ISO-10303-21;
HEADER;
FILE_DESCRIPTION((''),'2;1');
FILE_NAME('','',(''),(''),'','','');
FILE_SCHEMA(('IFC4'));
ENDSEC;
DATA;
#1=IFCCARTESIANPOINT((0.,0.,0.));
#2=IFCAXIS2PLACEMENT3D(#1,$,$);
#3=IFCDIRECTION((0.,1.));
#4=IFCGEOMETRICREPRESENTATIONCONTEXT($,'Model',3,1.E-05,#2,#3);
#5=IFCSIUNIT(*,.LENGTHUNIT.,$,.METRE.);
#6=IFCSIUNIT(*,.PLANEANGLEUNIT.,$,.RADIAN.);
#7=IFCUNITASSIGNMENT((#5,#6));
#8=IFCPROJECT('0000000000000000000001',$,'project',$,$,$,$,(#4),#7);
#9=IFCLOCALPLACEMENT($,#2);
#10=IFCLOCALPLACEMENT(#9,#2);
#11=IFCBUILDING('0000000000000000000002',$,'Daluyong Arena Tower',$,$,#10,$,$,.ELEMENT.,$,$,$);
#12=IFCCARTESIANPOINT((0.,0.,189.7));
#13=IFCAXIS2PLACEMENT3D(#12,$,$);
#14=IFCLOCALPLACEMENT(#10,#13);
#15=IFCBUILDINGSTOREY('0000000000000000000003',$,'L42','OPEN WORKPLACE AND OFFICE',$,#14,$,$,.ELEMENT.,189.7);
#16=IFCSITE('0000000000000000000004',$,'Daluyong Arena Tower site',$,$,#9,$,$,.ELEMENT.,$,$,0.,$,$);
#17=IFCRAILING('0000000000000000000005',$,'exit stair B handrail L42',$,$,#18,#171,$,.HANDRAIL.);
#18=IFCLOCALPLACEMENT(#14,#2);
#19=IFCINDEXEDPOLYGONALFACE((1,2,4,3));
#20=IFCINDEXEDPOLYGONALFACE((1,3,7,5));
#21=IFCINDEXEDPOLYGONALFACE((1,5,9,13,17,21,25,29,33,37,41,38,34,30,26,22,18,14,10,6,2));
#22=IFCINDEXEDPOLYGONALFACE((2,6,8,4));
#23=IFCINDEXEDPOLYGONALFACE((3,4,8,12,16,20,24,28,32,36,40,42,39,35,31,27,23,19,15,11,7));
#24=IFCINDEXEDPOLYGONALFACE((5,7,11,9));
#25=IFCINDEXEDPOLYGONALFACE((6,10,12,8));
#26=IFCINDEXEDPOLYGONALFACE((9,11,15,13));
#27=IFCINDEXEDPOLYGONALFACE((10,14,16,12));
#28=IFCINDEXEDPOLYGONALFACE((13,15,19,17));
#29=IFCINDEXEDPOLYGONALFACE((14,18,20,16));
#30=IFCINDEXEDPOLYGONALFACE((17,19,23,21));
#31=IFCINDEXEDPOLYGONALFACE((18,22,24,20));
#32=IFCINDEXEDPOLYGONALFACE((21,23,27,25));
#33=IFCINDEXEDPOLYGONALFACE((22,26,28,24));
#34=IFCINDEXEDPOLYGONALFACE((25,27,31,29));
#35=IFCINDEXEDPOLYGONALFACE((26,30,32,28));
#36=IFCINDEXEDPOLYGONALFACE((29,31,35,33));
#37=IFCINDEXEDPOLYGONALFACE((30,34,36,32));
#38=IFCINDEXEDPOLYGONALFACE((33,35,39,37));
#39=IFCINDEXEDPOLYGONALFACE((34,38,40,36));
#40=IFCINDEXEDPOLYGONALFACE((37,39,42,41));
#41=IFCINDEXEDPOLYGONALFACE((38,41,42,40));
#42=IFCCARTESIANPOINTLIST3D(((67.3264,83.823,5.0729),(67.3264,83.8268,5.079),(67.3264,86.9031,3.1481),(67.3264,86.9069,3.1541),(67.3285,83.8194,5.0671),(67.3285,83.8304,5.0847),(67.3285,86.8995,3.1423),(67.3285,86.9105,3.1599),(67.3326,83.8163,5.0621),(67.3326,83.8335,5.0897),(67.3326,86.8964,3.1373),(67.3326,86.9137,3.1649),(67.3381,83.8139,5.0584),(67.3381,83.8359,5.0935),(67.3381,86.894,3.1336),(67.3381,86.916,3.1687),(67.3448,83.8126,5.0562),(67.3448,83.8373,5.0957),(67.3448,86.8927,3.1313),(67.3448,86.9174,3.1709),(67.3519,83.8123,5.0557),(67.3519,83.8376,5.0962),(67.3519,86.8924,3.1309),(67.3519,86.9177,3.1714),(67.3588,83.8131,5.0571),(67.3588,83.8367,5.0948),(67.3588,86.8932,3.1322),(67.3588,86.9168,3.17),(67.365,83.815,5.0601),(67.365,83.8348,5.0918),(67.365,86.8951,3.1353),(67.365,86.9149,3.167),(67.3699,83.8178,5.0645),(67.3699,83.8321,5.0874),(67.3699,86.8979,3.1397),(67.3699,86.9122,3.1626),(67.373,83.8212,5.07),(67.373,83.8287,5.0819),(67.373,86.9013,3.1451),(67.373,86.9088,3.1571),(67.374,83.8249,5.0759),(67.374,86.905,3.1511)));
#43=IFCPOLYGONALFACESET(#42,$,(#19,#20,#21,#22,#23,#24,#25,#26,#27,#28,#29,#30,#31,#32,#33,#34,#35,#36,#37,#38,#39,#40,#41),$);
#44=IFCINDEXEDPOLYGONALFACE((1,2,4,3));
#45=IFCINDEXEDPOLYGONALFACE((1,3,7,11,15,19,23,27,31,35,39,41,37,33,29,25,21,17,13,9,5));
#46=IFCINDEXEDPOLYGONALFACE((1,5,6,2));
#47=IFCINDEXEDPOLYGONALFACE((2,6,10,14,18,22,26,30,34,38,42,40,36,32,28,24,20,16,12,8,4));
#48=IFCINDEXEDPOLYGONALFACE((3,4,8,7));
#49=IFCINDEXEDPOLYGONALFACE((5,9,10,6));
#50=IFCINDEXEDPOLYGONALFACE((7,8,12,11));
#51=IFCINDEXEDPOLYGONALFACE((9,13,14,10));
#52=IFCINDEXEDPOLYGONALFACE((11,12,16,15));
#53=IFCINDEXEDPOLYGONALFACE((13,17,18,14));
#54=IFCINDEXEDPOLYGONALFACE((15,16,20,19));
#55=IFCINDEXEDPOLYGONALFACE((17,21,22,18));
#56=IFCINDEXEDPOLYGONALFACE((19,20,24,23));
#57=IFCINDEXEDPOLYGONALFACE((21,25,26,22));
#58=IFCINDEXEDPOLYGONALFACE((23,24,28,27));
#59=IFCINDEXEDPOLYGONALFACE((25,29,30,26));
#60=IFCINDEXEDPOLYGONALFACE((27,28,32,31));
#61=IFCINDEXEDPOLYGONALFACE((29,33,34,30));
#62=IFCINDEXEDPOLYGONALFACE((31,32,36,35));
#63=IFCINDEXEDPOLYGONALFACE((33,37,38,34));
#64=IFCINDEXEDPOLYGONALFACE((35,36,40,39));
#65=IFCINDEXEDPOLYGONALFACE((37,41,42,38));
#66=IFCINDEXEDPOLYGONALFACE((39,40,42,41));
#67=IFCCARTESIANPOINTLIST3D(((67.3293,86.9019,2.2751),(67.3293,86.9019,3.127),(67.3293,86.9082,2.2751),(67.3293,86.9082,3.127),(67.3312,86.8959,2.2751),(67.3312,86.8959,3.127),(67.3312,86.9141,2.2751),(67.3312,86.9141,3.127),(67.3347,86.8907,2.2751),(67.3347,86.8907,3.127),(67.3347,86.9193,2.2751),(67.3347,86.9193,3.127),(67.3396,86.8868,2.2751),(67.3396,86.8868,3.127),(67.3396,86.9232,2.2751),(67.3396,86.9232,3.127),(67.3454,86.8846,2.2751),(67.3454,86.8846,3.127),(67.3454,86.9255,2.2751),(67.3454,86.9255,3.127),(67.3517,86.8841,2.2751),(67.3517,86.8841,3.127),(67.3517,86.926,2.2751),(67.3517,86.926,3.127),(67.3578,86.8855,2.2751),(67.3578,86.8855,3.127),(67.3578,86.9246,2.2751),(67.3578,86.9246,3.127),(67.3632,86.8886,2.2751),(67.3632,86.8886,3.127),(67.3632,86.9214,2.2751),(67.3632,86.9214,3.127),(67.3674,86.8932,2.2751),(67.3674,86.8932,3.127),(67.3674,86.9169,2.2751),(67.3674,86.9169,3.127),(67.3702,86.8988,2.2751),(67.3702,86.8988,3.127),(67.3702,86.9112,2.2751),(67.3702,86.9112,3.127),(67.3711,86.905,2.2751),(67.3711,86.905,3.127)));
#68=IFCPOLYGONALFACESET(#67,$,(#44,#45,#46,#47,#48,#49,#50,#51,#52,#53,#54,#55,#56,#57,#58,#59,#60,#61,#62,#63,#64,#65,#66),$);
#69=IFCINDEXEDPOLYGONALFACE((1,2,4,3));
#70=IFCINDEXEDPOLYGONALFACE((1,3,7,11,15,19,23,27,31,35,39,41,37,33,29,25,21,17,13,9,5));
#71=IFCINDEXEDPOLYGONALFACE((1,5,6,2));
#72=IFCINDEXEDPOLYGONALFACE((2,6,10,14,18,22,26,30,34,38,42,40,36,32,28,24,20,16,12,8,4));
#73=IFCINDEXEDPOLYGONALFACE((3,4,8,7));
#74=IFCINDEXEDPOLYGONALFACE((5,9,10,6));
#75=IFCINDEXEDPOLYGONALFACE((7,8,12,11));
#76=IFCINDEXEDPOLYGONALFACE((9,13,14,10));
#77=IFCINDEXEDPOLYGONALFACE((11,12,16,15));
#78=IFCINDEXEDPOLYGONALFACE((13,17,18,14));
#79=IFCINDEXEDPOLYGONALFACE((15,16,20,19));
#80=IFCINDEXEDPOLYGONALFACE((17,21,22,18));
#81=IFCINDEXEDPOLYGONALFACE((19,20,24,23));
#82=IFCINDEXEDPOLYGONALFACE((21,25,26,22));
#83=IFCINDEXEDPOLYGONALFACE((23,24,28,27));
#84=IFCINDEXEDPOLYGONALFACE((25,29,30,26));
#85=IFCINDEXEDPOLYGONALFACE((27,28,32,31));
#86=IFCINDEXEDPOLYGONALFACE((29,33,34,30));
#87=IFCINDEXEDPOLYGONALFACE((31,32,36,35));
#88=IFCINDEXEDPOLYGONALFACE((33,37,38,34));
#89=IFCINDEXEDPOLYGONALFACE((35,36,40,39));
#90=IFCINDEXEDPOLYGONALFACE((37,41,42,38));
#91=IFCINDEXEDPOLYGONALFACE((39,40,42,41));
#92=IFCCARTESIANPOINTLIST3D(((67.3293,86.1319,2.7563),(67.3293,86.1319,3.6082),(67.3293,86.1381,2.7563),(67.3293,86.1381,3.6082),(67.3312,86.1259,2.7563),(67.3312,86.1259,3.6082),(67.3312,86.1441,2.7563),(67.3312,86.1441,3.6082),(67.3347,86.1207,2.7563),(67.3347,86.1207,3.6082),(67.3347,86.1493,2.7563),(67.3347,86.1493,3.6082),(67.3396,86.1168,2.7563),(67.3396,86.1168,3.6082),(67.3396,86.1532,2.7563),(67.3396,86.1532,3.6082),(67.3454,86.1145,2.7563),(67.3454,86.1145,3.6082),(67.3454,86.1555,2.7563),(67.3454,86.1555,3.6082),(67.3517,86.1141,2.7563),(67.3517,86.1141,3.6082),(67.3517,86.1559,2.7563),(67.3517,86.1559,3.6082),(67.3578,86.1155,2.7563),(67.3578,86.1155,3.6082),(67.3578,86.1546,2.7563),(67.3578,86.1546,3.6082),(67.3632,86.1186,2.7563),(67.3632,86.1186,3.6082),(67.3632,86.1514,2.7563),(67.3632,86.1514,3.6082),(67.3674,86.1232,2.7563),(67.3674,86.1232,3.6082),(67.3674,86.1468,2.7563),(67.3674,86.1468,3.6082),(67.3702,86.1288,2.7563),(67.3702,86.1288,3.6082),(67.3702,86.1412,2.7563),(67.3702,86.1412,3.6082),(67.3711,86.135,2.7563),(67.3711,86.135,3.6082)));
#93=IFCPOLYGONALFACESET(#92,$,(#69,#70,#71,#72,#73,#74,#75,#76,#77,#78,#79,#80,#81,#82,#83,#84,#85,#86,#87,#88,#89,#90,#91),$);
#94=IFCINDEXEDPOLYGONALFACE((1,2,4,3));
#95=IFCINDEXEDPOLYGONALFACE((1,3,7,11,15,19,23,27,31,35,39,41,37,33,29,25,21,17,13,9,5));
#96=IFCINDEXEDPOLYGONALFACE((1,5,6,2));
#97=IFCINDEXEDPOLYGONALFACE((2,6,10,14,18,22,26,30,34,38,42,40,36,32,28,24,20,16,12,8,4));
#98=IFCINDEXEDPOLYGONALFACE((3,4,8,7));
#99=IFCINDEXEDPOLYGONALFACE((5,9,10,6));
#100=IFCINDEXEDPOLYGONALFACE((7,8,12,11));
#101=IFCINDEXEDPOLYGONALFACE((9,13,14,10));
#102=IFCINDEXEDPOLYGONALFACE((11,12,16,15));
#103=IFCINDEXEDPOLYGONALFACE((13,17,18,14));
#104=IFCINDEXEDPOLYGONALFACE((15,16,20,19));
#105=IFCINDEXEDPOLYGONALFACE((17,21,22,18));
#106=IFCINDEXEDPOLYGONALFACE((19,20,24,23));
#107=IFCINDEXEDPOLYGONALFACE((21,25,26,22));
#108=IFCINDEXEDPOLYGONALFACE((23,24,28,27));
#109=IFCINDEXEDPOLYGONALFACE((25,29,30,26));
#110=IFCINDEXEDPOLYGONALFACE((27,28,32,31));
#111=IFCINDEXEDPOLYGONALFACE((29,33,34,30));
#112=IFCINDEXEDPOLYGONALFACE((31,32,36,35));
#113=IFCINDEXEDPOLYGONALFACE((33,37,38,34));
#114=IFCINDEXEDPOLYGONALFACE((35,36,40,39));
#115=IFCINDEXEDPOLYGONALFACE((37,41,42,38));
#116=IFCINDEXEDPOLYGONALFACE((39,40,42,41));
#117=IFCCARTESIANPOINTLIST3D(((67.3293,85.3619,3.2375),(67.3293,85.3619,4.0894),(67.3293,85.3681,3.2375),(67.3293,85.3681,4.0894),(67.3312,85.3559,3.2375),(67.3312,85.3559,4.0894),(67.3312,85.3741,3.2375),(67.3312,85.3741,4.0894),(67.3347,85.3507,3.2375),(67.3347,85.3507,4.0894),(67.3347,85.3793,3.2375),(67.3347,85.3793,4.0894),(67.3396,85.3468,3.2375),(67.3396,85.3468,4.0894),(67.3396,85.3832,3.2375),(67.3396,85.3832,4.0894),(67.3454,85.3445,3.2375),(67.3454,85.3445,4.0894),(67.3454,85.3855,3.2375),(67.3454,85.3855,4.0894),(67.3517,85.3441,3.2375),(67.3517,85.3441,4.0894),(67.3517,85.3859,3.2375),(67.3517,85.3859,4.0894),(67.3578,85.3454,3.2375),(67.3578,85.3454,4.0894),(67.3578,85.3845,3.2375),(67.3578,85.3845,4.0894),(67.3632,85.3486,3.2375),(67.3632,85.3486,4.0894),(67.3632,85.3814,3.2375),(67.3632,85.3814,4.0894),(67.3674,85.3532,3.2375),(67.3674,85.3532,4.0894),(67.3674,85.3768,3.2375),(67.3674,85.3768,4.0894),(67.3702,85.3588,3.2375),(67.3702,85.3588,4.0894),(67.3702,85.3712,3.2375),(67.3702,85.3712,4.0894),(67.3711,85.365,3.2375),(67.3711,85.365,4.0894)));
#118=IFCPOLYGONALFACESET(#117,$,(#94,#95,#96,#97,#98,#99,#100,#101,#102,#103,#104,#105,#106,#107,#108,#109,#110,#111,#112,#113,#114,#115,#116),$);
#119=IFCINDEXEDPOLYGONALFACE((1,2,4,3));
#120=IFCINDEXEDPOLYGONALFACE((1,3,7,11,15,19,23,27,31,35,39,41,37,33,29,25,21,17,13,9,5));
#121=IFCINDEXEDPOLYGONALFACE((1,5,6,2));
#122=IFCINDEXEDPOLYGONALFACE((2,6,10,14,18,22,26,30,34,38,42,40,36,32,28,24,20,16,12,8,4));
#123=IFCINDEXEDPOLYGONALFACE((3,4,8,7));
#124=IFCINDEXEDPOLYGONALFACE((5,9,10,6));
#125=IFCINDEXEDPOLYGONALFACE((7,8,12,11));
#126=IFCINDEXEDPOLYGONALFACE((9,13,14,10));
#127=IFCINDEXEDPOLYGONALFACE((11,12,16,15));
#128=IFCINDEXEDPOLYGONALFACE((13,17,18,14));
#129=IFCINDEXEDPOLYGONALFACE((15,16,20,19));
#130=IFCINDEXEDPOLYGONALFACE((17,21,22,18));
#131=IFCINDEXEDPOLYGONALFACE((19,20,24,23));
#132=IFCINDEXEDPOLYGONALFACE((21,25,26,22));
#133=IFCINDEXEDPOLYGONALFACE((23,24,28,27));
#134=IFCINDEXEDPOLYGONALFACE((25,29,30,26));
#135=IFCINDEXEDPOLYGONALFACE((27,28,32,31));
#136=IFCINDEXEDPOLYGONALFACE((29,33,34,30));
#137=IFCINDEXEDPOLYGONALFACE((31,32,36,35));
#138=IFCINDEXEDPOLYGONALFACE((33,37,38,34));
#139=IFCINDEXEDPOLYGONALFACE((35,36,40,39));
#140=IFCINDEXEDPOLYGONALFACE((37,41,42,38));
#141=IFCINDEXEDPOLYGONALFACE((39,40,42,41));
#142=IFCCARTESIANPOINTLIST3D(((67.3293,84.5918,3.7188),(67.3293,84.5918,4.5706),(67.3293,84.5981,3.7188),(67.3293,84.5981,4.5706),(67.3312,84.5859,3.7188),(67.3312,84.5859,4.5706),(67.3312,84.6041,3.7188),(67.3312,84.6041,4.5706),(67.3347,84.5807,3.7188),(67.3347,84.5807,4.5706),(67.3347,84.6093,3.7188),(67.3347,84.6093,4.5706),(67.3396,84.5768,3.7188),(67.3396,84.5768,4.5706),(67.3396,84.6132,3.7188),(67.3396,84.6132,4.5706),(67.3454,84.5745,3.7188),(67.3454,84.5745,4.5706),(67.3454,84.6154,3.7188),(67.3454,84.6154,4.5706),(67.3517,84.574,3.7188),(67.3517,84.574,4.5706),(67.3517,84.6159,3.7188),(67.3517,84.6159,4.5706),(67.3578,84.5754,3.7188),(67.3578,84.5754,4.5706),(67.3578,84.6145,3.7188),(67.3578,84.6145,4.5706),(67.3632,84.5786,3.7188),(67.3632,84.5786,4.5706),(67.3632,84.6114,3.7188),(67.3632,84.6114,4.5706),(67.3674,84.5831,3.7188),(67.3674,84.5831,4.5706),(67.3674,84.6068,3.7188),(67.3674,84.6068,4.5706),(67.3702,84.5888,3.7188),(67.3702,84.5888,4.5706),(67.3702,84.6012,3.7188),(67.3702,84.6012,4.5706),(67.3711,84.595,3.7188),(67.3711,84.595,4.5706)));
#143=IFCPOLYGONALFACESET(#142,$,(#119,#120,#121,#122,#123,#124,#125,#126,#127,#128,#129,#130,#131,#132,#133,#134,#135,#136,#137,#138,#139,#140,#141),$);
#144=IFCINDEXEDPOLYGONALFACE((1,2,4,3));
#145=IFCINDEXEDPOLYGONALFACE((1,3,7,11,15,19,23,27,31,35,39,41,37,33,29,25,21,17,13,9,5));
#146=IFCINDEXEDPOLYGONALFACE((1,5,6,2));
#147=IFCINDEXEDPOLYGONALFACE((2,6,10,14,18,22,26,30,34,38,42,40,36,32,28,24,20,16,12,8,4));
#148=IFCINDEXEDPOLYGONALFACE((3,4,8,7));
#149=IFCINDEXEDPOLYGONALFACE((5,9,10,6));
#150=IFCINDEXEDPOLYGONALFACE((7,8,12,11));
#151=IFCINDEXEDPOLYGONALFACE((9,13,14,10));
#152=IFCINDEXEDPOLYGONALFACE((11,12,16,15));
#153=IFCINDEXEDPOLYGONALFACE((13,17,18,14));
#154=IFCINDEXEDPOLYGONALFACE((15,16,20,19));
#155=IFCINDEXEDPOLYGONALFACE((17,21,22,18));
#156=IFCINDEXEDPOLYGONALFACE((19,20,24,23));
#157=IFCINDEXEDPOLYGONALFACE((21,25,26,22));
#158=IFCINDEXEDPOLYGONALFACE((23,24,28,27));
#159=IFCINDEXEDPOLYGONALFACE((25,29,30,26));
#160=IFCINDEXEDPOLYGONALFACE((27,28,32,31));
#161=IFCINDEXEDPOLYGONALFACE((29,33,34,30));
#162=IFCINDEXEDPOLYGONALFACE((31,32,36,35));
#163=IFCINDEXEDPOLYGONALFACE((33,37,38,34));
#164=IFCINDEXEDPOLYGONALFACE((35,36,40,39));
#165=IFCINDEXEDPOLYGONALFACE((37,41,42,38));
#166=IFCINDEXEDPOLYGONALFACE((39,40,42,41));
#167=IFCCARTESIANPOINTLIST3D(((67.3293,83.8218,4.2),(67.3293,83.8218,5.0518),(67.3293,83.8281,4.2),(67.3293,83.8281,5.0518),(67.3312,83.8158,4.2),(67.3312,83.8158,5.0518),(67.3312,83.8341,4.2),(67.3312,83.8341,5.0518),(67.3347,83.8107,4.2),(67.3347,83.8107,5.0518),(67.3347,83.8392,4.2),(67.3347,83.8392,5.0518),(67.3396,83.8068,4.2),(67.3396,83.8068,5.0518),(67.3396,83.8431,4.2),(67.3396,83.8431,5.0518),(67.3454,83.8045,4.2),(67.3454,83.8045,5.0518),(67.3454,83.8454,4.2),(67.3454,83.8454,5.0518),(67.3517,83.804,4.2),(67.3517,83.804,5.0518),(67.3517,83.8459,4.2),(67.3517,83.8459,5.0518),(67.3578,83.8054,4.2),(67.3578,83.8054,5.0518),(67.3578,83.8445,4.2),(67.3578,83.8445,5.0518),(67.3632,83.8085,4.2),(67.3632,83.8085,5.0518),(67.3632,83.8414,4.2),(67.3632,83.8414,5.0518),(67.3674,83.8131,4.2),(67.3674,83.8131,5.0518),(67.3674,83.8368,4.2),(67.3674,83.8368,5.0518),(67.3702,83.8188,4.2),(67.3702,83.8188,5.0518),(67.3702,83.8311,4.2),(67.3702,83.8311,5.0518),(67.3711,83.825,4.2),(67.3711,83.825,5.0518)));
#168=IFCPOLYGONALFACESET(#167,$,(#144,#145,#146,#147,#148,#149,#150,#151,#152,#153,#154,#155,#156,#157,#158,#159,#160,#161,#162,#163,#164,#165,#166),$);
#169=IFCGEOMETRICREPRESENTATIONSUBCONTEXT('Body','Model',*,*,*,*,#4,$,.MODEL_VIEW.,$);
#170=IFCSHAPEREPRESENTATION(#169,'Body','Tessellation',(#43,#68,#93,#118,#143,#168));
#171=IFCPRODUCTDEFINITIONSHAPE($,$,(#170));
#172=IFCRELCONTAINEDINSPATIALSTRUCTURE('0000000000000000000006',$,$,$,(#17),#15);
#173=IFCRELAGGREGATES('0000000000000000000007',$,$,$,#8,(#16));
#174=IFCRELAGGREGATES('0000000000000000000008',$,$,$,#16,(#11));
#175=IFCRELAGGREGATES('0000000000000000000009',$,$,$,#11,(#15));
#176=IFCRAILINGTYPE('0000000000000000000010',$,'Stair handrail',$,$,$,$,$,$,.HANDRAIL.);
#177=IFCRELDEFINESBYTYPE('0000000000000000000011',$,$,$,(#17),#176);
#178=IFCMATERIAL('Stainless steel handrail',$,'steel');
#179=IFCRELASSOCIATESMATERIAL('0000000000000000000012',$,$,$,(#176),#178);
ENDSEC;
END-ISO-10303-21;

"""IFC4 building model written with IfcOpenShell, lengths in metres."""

from ifc_helpers import new_model, si_unit, direction, frame, origin, origin_2d, place, context, subcontext, project, spatial, circle, extrude, material, type_object, element, save


model = new_model("IFC4")

# Units and contexts
model_context = context("Model", 3, precision=1e-05, world=origin(), true_north=direction((0.0, 1.0)))
body_context = subcontext(model_context, "Body", "Model", "MODEL_VIEW")
ifc_project = project(units=[si_unit("LENGTHUNIT", "METRE"), si_unit("PLANEANGLEUNIT", "RADIAN")], contexts=[model_context])

# Site, building, storey
site_placement = place(None, origin())
site = spatial("IfcSite", under=ifc_project, at=site_placement, Name="Daluyong Arena Tower site", CompositionType="ELEMENT", RefElevation=0.0)
building_placement = place(site_placement, origin())
building = spatial("IfcBuilding", under=site, at=building_placement, Name="Daluyong Arena Tower", CompositionType="ELEMENT")
storey_placement = place(building_placement, frame((0.0, 0.0, 189.7)))
storey = spatial("IfcBuildingStorey", under=building, at=storey_placement, Name="L42", Description="OPEN WORKPLACE AND OFFICE", CompositionType="ELEMENT", Elevation=189.7)

# Railing
ifc_material_1 = material(Name="Stainless steel handrail", Category="steel")
railing_type_1 = type_object("IfcRailingType", Name="Stair handrail", PredefinedType="HANDRAIL", material=ifc_material_1)
railing_1_placement = place(storey_placement, frame((67.3501, 86.905, 2.2751)))
element("IfcRailing", 1, at=railing_1_placement, inside=storey, type_object=railing_type_1, Name="exit stair B handrail L42", PredefinedType="HANDRAIL", context=body_context, shape_type="SweptSolid", body=[
    extrude(circle(Radius=0.0239, at=origin_2d()), frame((0.0, 0.0, 0.876), z_axis=(0.0, -0.848029, 0.529951), x_axis=(1.0, 0.0, 0.0)), (0.0, 0.0, 1.0), 3.6321),
    extrude(circle(Radius=0.021, at=origin_2d()), origin(), (0.0, 0.0, 1.0), 0.8518),
    extrude(circle(Radius=0.021, at=origin_2d()), frame((0.0, -0.77, 0.4812)), (0.0, 0.0, 1.0), 0.8518),
    extrude(circle(Radius=0.021, at=origin_2d()), frame((0.0, -1.54, 0.9624)), (0.0, 0.0, 1.0), 0.8518),
    extrude(circle(Radius=0.021, at=origin_2d()), frame((0.0, -2.3101, 1.4436)), (0.0, 0.0, 1.0), 0.8518),
    extrude(circle(Radius=0.021, at=origin_2d()), frame((0.0, -3.0801, 1.9248)), (0.0, 0.0, 1.0), 0.8518),
])

save(model, "model.ifc")
